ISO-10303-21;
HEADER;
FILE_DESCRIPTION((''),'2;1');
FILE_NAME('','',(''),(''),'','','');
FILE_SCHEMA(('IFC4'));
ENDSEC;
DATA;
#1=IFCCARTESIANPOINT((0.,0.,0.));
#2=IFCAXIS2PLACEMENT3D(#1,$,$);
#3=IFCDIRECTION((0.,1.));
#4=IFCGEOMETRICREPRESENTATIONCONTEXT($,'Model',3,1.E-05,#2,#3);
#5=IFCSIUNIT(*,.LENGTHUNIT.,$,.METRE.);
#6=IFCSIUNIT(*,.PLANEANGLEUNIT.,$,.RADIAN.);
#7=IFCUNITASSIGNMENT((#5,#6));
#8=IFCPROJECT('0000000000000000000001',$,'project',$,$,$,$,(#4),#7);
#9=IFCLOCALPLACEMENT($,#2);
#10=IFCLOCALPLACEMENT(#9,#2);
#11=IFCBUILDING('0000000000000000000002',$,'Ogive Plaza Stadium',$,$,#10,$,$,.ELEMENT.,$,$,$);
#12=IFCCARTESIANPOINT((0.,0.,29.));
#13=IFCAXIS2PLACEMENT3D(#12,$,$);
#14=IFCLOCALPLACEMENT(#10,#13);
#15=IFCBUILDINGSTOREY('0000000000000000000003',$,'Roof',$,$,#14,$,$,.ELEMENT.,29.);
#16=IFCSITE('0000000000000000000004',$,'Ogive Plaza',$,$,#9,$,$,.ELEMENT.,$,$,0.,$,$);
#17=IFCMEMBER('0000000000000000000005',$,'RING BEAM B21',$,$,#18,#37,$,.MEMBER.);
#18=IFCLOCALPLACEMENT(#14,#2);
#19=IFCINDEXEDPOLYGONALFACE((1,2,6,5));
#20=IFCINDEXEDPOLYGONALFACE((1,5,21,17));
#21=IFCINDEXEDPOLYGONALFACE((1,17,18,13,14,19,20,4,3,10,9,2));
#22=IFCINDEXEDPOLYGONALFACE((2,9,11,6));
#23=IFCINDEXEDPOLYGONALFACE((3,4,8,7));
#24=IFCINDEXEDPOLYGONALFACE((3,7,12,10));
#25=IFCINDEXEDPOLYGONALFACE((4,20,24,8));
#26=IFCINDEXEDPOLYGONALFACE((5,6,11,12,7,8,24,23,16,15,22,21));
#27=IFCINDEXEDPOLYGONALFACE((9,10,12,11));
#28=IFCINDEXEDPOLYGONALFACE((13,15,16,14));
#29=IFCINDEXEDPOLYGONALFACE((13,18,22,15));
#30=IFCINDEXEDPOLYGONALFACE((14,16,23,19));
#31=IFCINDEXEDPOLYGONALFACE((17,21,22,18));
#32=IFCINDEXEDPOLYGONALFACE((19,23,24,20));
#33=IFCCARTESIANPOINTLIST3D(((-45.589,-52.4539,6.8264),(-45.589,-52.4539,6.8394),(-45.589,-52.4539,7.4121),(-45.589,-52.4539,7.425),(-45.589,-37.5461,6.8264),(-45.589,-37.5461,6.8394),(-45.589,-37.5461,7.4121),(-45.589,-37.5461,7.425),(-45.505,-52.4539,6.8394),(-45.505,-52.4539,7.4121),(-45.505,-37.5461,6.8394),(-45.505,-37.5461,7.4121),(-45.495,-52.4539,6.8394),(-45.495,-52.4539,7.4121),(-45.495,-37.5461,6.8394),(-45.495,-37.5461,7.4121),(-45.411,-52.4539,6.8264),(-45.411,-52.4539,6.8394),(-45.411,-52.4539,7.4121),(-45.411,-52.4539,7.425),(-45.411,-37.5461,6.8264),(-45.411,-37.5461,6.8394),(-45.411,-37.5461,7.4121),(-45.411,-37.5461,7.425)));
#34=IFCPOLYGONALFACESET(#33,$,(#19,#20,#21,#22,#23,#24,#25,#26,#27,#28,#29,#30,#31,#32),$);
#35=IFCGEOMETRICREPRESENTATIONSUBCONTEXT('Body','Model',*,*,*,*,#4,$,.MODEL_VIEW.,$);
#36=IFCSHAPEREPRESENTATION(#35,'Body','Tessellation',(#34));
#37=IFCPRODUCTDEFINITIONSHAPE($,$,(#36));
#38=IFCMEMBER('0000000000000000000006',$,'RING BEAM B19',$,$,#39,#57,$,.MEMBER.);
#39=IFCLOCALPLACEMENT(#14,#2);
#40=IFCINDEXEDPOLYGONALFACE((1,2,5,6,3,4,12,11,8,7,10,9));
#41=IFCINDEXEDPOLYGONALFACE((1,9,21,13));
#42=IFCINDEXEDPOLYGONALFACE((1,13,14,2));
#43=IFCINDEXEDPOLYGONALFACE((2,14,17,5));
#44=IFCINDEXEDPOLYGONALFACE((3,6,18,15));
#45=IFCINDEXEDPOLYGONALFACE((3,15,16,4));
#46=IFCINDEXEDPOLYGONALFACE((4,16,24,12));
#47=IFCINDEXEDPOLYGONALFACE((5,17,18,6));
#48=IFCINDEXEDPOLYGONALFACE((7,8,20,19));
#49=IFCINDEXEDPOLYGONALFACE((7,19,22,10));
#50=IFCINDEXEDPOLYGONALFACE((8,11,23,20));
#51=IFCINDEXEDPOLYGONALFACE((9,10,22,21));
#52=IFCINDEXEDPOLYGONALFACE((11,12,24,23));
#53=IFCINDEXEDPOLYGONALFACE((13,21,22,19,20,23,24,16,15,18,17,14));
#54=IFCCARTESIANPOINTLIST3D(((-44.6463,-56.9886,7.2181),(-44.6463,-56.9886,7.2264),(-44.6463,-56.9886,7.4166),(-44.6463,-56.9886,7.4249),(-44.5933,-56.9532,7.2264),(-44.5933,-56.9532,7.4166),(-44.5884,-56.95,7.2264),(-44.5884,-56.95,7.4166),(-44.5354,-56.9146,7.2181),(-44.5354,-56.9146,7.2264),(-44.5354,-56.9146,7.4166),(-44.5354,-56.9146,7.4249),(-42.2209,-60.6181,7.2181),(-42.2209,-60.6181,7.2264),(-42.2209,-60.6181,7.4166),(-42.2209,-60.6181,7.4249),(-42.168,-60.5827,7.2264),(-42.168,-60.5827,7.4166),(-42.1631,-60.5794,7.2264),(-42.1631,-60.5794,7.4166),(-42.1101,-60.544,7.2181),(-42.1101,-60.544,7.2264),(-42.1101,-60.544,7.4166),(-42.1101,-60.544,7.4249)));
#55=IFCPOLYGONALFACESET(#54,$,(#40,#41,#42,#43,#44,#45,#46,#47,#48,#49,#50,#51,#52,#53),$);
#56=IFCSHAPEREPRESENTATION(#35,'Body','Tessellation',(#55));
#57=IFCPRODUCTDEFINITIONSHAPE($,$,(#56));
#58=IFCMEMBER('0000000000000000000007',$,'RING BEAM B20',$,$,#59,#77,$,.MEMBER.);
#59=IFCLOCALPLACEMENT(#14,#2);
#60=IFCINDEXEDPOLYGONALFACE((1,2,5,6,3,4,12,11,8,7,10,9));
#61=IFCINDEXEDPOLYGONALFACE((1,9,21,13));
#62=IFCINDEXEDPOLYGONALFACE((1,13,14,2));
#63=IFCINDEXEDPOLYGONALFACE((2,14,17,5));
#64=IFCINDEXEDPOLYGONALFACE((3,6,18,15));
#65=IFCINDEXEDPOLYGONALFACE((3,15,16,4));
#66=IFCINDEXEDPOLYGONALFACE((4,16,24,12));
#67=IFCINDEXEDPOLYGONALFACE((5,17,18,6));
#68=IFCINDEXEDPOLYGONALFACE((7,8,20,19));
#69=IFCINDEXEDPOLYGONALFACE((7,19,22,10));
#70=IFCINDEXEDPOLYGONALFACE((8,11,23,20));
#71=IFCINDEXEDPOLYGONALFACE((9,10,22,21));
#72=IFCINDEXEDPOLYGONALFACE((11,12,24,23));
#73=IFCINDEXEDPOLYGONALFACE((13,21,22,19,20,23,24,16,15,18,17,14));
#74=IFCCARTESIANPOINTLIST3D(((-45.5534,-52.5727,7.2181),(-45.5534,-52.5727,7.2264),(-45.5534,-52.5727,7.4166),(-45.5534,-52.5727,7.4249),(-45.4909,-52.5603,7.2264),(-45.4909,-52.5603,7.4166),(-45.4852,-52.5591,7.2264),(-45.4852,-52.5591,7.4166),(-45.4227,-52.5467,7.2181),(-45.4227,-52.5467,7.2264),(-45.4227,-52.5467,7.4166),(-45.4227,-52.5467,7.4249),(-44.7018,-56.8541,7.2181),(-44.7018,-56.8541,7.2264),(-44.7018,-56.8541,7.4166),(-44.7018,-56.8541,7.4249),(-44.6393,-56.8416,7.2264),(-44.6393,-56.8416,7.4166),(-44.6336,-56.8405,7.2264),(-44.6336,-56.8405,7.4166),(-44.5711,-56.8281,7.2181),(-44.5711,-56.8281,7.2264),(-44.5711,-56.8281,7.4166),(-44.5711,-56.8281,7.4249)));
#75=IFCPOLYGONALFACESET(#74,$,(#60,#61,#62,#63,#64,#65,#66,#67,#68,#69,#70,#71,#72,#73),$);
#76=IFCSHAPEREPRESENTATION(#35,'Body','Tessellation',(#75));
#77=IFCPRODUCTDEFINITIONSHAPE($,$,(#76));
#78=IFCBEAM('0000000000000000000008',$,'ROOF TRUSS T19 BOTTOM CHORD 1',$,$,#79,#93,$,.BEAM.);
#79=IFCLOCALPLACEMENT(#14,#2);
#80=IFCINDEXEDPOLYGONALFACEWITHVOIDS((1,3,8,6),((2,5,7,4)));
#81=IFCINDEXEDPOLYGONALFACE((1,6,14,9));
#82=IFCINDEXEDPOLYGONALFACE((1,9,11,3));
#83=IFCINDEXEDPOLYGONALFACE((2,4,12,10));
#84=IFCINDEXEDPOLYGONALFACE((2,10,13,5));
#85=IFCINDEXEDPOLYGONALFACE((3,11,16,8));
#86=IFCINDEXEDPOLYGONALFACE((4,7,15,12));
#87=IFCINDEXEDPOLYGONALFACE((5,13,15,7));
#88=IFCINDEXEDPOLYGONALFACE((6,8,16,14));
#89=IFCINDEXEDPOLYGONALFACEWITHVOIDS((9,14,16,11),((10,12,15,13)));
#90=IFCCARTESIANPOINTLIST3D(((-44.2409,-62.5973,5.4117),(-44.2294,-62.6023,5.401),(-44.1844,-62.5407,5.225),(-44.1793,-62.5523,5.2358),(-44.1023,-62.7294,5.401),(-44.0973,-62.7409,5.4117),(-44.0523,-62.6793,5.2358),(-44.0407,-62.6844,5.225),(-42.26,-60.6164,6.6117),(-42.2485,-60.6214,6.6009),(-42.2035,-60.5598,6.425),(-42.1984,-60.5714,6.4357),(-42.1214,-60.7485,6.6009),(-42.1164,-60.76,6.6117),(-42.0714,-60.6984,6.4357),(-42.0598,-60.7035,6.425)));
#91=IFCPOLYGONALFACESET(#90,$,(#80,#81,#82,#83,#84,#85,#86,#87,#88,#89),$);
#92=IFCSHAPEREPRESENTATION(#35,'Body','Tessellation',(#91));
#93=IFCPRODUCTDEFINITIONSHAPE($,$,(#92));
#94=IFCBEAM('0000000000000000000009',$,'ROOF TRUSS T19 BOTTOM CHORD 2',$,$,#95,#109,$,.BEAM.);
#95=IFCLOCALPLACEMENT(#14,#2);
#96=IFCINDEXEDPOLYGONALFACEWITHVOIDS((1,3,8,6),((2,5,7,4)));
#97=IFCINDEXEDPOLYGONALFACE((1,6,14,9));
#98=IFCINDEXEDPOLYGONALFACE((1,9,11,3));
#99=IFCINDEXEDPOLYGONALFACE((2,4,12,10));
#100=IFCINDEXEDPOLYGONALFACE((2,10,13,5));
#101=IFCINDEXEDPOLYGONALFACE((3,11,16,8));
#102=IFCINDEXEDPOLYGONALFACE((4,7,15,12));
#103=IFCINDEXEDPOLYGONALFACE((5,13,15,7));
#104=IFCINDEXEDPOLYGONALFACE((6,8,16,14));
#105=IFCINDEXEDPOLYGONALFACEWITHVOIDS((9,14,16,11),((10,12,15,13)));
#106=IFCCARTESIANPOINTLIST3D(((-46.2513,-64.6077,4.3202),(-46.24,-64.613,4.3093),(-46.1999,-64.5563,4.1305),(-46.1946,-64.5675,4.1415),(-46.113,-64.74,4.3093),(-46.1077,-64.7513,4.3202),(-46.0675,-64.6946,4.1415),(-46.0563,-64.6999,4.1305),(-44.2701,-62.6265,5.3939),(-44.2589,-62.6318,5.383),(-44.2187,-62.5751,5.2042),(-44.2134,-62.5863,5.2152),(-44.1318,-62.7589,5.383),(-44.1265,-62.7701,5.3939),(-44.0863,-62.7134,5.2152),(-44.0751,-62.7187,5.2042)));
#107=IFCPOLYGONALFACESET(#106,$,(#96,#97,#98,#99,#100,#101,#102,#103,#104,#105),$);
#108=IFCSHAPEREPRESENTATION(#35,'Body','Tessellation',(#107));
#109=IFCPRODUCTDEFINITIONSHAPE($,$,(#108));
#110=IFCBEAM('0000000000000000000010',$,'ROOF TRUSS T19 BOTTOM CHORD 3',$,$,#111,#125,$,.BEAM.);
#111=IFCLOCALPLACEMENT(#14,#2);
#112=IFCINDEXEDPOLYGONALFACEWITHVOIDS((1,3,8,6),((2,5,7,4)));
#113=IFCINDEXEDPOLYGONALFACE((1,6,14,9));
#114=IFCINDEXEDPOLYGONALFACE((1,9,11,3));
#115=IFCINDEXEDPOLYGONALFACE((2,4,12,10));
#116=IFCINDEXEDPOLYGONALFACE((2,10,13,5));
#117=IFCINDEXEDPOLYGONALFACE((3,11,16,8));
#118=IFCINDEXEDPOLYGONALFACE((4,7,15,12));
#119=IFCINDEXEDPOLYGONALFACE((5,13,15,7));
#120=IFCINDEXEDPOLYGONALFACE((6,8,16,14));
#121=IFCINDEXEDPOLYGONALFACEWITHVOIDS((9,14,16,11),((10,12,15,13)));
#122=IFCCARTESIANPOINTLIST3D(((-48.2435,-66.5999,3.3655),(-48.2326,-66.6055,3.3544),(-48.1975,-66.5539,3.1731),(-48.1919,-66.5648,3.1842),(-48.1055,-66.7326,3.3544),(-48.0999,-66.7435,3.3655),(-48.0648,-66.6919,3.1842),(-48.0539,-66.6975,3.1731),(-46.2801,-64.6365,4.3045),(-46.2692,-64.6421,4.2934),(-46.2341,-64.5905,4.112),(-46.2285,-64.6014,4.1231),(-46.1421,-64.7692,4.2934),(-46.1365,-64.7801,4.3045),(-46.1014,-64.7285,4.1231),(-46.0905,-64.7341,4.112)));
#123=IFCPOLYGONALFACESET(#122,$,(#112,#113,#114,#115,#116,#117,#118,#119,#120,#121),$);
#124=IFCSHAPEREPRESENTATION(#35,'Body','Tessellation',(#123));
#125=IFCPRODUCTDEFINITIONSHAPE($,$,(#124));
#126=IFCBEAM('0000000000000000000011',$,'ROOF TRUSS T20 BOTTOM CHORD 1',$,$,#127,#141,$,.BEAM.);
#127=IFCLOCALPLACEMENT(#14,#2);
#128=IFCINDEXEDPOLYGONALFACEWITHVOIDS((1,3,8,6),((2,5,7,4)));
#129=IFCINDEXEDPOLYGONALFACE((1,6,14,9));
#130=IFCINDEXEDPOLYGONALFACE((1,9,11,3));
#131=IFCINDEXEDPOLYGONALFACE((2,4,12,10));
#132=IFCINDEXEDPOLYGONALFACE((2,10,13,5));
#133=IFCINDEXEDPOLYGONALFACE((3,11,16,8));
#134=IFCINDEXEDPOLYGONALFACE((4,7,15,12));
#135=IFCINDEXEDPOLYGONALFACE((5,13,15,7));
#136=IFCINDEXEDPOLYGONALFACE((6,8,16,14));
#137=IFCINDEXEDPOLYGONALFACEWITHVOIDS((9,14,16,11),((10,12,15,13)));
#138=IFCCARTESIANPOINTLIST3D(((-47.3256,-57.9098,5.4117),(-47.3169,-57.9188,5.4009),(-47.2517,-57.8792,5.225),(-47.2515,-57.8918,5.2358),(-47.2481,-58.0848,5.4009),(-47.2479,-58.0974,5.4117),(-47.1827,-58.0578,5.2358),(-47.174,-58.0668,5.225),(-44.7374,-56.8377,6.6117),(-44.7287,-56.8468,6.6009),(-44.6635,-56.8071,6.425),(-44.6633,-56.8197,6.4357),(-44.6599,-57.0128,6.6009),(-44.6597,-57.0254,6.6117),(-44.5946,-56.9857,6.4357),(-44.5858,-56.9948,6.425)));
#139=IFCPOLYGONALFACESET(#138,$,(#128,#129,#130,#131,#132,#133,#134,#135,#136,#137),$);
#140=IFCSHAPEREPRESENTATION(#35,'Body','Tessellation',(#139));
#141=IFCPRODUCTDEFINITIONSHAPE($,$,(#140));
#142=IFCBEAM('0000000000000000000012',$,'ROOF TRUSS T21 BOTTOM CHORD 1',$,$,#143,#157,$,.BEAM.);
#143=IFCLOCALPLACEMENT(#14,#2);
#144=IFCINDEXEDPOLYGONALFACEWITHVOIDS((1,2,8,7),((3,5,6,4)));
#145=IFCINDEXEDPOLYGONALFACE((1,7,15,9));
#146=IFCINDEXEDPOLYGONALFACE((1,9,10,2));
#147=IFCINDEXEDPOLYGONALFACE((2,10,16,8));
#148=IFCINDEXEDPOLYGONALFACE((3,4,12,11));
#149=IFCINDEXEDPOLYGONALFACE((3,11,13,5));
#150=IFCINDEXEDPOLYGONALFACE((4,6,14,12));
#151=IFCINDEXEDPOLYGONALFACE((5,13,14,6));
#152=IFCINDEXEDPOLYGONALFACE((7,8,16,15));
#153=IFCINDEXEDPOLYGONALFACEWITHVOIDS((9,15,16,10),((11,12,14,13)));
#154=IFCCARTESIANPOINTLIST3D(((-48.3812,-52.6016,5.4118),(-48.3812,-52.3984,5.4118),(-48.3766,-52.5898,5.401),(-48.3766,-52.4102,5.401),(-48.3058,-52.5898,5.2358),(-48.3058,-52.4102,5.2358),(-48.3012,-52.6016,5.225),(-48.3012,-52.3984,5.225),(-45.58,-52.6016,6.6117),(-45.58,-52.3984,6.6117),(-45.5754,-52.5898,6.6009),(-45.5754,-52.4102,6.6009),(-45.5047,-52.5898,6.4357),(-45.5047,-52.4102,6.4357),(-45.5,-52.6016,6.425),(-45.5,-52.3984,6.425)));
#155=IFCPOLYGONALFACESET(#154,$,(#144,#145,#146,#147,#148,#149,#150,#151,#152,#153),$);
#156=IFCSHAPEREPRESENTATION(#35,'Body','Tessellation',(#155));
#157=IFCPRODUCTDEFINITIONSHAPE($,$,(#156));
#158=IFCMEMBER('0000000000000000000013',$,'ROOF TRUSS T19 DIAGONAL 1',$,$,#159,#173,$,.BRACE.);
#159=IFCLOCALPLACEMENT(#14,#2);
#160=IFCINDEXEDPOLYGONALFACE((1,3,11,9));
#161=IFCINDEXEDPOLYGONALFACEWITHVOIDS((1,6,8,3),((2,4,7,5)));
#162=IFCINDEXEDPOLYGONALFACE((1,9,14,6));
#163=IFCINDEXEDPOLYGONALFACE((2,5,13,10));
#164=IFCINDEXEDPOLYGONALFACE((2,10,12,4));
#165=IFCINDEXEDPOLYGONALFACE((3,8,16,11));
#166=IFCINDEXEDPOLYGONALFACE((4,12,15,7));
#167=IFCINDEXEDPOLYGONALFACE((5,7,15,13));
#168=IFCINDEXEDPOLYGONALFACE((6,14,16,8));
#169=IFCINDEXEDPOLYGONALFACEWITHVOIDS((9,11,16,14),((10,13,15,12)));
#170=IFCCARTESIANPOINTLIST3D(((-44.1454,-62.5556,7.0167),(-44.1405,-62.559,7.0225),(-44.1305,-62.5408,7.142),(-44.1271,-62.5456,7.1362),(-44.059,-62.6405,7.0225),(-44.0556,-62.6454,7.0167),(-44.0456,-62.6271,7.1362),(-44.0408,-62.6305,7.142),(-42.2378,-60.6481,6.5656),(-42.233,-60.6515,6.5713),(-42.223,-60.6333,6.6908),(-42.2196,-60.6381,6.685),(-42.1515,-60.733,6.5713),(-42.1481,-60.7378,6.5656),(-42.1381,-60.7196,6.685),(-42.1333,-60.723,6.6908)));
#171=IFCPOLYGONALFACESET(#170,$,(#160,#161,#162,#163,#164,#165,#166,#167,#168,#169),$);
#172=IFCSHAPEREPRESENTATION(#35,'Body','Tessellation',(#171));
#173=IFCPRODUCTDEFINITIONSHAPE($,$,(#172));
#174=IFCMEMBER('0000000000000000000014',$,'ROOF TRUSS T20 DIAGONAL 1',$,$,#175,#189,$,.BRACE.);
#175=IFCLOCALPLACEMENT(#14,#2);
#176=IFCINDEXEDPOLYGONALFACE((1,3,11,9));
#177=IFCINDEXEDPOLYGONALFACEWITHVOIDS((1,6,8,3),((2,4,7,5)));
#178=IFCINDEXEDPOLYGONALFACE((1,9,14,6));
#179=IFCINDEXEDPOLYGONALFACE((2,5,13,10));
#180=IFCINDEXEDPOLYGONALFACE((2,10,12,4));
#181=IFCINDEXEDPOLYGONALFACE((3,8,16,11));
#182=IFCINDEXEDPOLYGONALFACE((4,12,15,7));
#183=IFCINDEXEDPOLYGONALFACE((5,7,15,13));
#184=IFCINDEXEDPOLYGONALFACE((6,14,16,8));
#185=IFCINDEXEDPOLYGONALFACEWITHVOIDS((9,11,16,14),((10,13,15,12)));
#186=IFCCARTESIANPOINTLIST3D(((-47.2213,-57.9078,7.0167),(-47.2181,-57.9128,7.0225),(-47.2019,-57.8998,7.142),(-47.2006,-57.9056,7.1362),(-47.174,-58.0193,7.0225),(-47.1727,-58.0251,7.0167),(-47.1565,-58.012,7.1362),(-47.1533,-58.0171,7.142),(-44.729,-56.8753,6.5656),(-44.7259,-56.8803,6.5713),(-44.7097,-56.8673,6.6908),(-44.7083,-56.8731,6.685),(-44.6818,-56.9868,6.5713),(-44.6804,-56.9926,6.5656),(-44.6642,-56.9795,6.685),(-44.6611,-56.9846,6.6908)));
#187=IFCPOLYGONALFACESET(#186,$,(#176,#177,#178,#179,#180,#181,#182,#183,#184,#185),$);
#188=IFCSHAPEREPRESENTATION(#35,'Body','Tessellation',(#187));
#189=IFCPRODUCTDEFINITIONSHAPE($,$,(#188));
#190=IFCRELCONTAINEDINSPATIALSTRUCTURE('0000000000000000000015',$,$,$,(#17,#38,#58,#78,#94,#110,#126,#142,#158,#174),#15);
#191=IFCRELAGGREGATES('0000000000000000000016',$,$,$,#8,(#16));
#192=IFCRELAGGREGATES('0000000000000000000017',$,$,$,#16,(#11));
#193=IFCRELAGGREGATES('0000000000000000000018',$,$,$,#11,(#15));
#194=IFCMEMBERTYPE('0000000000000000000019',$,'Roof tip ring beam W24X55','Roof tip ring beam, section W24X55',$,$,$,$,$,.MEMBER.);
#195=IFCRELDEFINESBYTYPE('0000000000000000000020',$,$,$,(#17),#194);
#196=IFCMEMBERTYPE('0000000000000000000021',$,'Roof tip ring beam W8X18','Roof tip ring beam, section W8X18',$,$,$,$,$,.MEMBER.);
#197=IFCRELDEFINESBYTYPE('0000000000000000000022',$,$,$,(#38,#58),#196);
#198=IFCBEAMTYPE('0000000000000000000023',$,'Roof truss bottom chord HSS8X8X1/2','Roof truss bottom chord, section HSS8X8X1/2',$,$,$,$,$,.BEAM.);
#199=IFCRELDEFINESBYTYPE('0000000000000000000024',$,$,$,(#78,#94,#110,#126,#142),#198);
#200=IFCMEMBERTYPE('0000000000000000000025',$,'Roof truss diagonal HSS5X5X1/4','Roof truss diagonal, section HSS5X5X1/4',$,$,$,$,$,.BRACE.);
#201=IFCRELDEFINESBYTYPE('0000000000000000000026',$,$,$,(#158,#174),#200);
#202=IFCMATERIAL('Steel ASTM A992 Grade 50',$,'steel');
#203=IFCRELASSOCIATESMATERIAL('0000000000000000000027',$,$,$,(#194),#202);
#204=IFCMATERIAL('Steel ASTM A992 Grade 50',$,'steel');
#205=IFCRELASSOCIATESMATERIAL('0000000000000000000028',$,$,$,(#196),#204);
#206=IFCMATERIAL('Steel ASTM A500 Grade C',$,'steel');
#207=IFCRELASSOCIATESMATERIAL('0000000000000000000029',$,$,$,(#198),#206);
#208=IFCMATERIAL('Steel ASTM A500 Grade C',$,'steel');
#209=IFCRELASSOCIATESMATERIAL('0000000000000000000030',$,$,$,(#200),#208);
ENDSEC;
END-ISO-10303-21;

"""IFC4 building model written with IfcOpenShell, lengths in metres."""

from ifc_helpers import new_model, si_unit, direction, frame, origin, origin_2d, place, context, subcontext, project, spatial, hollow_rectangle, i_section, extrude, material, material_profile, profile_set, type_object, element, save


model = new_model("IFC4")

# Units and contexts
model_context = context("Model", 3, precision=1e-05, world=origin(), true_north=direction((0.0, 1.0)))
body_context = subcontext(model_context, "Body", "Model", "MODEL_VIEW")
ifc_project = project(units=[si_unit("LENGTHUNIT", "METRE"), si_unit("PLANEANGLEUNIT", "RADIAN")], contexts=[model_context])

# Site, building, storey
site_placement = place(None, origin())
site = spatial("IfcSite", under=ifc_project, at=site_placement, Name="Ogive Plaza", CompositionType="ELEMENT", RefElevation=0.0)
building_placement = place(site_placement, origin())
building = spatial("IfcBuilding", under=site, at=building_placement, Name="Ogive Plaza Stadium", CompositionType="ELEMENT")
storey_placement = place(building_placement, frame((0.0, 0.0, 29.0)))
storey = spatial("IfcBuildingStorey", under=building, at=storey_placement, Name="Roof", CompositionType="ELEMENT", Elevation=29.0)

# Members
ifc_material_1 = material(Name="Steel ASTM A992 Grade 50", Category="steel")
ifc_material_profile_1 = material_profile(ifc_material_1, i_section(OverallWidth=0.178, OverallDepth=0.5986, WebThickness=0.01, FlangeThickness=0.0129, at=origin_2d()), Name="W24X55")
ifc_profile_set_1 = profile_set([ifc_material_profile_1], Name="Steel ASTM A992 Grade 50")
member_type_1 = type_object("IfcMemberType", Name="Roof tip ring beam W24X55", Description="Roof tip ring beam, section W24X55", PredefinedType="MEMBER", material=ifc_profile_set_1)
member_1_placement = place(storey_placement, frame((-45.5, -52.4539, 7.1257), z_axis=(0.0, 1.0, 0.0), x_axis=(-1.0, 0.0, 0.0)))
element("IfcMember", 1, at=member_1_placement, inside=storey, type_object=member_type_1, Name="RING BEAM B21", PredefinedType="MEMBER", context=body_context, shape_type="SweptSolid", body=[
    extrude(i_section(OverallWidth=0.178, OverallDepth=0.5986, WebThickness=0.01, FlangeThickness=0.0129, at=origin_2d()), origin(), (0.0, 0.0, 1.0), 14.9077),
])
ifc_material_2 = material(Name="Steel ASTM A992 Grade 50", Category="steel")
ifc_material_profile_2 = material_profile(ifc_material_2, i_section(OverallWidth=0.1333, OverallDepth=0.2068, WebThickness=0.0059, FlangeThickness=0.0083, at=origin_2d()), Name="W8X18")
ifc_profile_set_2 = profile_set([ifc_material_profile_2], Name="Steel ASTM A992 Grade 50")
member_type_2 = type_object("IfcMemberType", Name="Roof tip ring beam W8X18", Description="Roof tip ring beam, section W8X18", PredefinedType="MEMBER", material=ifc_profile_set_2)
for number, where, z_axis, x_axis, name in (
    (2, (-42.1655, -60.5811, 7.3215), (-0.555603, 0.831447, 0.0), (-0.831447, -0.555603, 0.0), "RING BEAM B19"),
    (3, (-44.6365, -56.8411, 7.3215), (-0.195083, 0.980787, 0.0), (-0.980787, -0.195083, 0.0), "RING BEAM B20"),
):
    element("IfcMember", number, at=place(storey_placement, frame(where, z_axis=z_axis, x_axis=x_axis)), inside=storey, type_object=member_type_2, Name=name, PredefinedType="MEMBER", context=body_context, shape_type="SweptSolid", body=[
        extrude(i_section(OverallWidth=0.1333, OverallDepth=0.2068, WebThickness=0.0059, FlangeThickness=0.0083, at=origin_2d()), origin(), (0.0, 0.0, 1.0), 4.3652),
    ])

# Beams
ifc_material_3 = material(Name="Steel ASTM A500 Grade C", Category="steel")
ifc_material_profile_3 = material_profile(ifc_material_3, hollow_rectangle(XDim=0.2031, YDim=0.2031, WallThickness=0.0117, at=origin_2d()), Name="HSS8X8X1/2")
ifc_profile_set_3 = profile_set([ifc_material_profile_3], Name="Steel ASTM A500 Grade C")
beam_type_1 = type_object("IfcBeamType", Name="Roof truss bottom chord HSS8X8X1/2", Description="Roof truss bottom chord, section HSS8X8X1/2", PredefinedType="BEAM", material=ifc_profile_set_3)
beam_1_placement = place(storey_placement, frame((-42.1599, -60.6599, 6.5183), z_axis=(-0.649992, -0.649992, -0.393728), x_axis=(0.707107, -0.707107, 0.0)))
element("IfcBeam", 4, at=beam_1_placement, inside=storey, type_object=beam_type_1, Name="ROOF TRUSS T19 BOTTOM CHORD 1", PredefinedType="BEAM", context=body_context, shape_type="SweptSolid", body=[
    extrude(hollow_rectangle(XDim=0.2031, YDim=0.2031, WallThickness=0.0117, at=origin_2d()), origin(), (0.0, 0.0, 1.0), 3.0476),
])
beam_2_placement = place(storey_placement, frame((-44.1726, -62.6726, 5.2991), z_axis=(-0.660283, -0.660283, -0.357846), x_axis=(0.707107, -0.707107, 0.0)))
element("IfcBeam", 5, at=beam_2_placement, inside=storey, type_object=beam_type_1, Name="ROOF TRUSS T19 BOTTOM CHORD 2", PredefinedType="BEAM", context=body_context, shape_type="SweptSolid", body=[
    extrude(hollow_rectangle(XDim=0.2031, YDim=0.2031, WallThickness=0.0117, at=origin_2d()), origin(), (0.0, 0.0, 1.0), 3.0005),
])
beam_3_placement = place(storey_placement, frame((-46.1853, -64.6853, 4.2083), z_axis=(-0.669843, -0.669843, -0.320345), x_axis=(0.707107, -0.707107, 0.0)))
element("IfcBeam", 6, at=beam_3_placement, inside=storey, type_object=beam_type_1, Name="ROOF TRUSS T19 BOTTOM CHORD 3", PredefinedType="BEAM", context=body_context, shape_type="SweptSolid", body=[
    extrude(hollow_rectangle(XDim=0.2031, YDim=0.2031, WallThickness=0.0117, at=origin_2d()), origin(), (0.0, 0.0, 1.0), 2.9312),
])
beam_4_placement = place(storey_placement, frame((-44.6616, -56.9163, 6.5183), z_axis=(-0.849251, -0.351765, -0.393743), x_axis=(0.382678, -0.923882, 0.0)))
element("IfcBeam", 7, at=beam_4_placement, inside=storey, type_object=beam_type_1, Name="ROOF TRUSS T20 BOTTOM CHORD 1", PredefinedType="BEAM", context=body_context, shape_type="SweptSolid", body=[
    extrude(hollow_rectangle(XDim=0.2031, YDim=0.2031, WallThickness=0.0117, at=origin_2d()), origin(), (0.0, 0.0, 1.0), 3.0476),
])
beam_5_placement = place(storey_placement, frame((-45.54, -52.5, 6.5183), z_axis=(-0.919215, 0.0, -0.393755), x_axis=(0.0, -1.0, 0.0)))
element("IfcBeam", 8, at=beam_5_placement, inside=storey, type_object=beam_type_1, Name="ROOF TRUSS T21 BOTTOM CHORD 1", PredefinedType="BEAM", context=body_context, shape_type="SweptSolid", body=[
    extrude(hollow_rectangle(XDim=0.2031, YDim=0.2031, WallThickness=0.0117, at=origin_2d()), origin(), (0.0, 0.0, 1.0), 3.0474),
])

# Members
ifc_material_4 = material(Name="Steel ASTM A500 Grade C", Category="steel")
ifc_material_profile_4 = material_profile(ifc_material_4, hollow_rectangle(XDim=0.127, YDim=0.127, WallThickness=0.0059, at=origin_2d()), Name="HSS5X5X1/4")
ifc_profile_set_4 = profile_set([ifc_material_profile_4], Name="Steel ASTM A500 Grade C")
member_type_3 = type_object("IfcMemberType", Name="Roof truss diagonal HSS5X5X1/4", Description="Roof truss diagonal, section HSS5X5X1/4", PredefinedType="BRACE", material=ifc_profile_set_4)
for number, where, z_axis, x_axis, name in (
    (9, (-42.1855, -60.6855, 6.6282), (-0.69742, -0.69742, 0.16496), (0.707107, -0.707107, 0.0), "ROOF TRUSS T19 DIAGONAL 1"),
    (10, (-44.6951, -56.9299, 6.6282), (-0.9112, -0.377495, 0.164959), (0.382738, -0.923857, 0.0), "ROOF TRUSS T20 DIAGONAL 1"),
):
    element("IfcMember", number, at=place(storey_placement, frame(where, z_axis=z_axis, x_axis=x_axis)), inside=storey, type_object=member_type_3, Name=name, PredefinedType="BRACE", context=body_context, shape_type="SweptSolid", body=[
        extrude(hollow_rectangle(XDim=0.127, YDim=0.127, WallThickness=0.0059, at=origin_2d()), origin(), (0.0, 0.0, 1.0), 2.7351),
    ])

save(model, "model.ifc")
